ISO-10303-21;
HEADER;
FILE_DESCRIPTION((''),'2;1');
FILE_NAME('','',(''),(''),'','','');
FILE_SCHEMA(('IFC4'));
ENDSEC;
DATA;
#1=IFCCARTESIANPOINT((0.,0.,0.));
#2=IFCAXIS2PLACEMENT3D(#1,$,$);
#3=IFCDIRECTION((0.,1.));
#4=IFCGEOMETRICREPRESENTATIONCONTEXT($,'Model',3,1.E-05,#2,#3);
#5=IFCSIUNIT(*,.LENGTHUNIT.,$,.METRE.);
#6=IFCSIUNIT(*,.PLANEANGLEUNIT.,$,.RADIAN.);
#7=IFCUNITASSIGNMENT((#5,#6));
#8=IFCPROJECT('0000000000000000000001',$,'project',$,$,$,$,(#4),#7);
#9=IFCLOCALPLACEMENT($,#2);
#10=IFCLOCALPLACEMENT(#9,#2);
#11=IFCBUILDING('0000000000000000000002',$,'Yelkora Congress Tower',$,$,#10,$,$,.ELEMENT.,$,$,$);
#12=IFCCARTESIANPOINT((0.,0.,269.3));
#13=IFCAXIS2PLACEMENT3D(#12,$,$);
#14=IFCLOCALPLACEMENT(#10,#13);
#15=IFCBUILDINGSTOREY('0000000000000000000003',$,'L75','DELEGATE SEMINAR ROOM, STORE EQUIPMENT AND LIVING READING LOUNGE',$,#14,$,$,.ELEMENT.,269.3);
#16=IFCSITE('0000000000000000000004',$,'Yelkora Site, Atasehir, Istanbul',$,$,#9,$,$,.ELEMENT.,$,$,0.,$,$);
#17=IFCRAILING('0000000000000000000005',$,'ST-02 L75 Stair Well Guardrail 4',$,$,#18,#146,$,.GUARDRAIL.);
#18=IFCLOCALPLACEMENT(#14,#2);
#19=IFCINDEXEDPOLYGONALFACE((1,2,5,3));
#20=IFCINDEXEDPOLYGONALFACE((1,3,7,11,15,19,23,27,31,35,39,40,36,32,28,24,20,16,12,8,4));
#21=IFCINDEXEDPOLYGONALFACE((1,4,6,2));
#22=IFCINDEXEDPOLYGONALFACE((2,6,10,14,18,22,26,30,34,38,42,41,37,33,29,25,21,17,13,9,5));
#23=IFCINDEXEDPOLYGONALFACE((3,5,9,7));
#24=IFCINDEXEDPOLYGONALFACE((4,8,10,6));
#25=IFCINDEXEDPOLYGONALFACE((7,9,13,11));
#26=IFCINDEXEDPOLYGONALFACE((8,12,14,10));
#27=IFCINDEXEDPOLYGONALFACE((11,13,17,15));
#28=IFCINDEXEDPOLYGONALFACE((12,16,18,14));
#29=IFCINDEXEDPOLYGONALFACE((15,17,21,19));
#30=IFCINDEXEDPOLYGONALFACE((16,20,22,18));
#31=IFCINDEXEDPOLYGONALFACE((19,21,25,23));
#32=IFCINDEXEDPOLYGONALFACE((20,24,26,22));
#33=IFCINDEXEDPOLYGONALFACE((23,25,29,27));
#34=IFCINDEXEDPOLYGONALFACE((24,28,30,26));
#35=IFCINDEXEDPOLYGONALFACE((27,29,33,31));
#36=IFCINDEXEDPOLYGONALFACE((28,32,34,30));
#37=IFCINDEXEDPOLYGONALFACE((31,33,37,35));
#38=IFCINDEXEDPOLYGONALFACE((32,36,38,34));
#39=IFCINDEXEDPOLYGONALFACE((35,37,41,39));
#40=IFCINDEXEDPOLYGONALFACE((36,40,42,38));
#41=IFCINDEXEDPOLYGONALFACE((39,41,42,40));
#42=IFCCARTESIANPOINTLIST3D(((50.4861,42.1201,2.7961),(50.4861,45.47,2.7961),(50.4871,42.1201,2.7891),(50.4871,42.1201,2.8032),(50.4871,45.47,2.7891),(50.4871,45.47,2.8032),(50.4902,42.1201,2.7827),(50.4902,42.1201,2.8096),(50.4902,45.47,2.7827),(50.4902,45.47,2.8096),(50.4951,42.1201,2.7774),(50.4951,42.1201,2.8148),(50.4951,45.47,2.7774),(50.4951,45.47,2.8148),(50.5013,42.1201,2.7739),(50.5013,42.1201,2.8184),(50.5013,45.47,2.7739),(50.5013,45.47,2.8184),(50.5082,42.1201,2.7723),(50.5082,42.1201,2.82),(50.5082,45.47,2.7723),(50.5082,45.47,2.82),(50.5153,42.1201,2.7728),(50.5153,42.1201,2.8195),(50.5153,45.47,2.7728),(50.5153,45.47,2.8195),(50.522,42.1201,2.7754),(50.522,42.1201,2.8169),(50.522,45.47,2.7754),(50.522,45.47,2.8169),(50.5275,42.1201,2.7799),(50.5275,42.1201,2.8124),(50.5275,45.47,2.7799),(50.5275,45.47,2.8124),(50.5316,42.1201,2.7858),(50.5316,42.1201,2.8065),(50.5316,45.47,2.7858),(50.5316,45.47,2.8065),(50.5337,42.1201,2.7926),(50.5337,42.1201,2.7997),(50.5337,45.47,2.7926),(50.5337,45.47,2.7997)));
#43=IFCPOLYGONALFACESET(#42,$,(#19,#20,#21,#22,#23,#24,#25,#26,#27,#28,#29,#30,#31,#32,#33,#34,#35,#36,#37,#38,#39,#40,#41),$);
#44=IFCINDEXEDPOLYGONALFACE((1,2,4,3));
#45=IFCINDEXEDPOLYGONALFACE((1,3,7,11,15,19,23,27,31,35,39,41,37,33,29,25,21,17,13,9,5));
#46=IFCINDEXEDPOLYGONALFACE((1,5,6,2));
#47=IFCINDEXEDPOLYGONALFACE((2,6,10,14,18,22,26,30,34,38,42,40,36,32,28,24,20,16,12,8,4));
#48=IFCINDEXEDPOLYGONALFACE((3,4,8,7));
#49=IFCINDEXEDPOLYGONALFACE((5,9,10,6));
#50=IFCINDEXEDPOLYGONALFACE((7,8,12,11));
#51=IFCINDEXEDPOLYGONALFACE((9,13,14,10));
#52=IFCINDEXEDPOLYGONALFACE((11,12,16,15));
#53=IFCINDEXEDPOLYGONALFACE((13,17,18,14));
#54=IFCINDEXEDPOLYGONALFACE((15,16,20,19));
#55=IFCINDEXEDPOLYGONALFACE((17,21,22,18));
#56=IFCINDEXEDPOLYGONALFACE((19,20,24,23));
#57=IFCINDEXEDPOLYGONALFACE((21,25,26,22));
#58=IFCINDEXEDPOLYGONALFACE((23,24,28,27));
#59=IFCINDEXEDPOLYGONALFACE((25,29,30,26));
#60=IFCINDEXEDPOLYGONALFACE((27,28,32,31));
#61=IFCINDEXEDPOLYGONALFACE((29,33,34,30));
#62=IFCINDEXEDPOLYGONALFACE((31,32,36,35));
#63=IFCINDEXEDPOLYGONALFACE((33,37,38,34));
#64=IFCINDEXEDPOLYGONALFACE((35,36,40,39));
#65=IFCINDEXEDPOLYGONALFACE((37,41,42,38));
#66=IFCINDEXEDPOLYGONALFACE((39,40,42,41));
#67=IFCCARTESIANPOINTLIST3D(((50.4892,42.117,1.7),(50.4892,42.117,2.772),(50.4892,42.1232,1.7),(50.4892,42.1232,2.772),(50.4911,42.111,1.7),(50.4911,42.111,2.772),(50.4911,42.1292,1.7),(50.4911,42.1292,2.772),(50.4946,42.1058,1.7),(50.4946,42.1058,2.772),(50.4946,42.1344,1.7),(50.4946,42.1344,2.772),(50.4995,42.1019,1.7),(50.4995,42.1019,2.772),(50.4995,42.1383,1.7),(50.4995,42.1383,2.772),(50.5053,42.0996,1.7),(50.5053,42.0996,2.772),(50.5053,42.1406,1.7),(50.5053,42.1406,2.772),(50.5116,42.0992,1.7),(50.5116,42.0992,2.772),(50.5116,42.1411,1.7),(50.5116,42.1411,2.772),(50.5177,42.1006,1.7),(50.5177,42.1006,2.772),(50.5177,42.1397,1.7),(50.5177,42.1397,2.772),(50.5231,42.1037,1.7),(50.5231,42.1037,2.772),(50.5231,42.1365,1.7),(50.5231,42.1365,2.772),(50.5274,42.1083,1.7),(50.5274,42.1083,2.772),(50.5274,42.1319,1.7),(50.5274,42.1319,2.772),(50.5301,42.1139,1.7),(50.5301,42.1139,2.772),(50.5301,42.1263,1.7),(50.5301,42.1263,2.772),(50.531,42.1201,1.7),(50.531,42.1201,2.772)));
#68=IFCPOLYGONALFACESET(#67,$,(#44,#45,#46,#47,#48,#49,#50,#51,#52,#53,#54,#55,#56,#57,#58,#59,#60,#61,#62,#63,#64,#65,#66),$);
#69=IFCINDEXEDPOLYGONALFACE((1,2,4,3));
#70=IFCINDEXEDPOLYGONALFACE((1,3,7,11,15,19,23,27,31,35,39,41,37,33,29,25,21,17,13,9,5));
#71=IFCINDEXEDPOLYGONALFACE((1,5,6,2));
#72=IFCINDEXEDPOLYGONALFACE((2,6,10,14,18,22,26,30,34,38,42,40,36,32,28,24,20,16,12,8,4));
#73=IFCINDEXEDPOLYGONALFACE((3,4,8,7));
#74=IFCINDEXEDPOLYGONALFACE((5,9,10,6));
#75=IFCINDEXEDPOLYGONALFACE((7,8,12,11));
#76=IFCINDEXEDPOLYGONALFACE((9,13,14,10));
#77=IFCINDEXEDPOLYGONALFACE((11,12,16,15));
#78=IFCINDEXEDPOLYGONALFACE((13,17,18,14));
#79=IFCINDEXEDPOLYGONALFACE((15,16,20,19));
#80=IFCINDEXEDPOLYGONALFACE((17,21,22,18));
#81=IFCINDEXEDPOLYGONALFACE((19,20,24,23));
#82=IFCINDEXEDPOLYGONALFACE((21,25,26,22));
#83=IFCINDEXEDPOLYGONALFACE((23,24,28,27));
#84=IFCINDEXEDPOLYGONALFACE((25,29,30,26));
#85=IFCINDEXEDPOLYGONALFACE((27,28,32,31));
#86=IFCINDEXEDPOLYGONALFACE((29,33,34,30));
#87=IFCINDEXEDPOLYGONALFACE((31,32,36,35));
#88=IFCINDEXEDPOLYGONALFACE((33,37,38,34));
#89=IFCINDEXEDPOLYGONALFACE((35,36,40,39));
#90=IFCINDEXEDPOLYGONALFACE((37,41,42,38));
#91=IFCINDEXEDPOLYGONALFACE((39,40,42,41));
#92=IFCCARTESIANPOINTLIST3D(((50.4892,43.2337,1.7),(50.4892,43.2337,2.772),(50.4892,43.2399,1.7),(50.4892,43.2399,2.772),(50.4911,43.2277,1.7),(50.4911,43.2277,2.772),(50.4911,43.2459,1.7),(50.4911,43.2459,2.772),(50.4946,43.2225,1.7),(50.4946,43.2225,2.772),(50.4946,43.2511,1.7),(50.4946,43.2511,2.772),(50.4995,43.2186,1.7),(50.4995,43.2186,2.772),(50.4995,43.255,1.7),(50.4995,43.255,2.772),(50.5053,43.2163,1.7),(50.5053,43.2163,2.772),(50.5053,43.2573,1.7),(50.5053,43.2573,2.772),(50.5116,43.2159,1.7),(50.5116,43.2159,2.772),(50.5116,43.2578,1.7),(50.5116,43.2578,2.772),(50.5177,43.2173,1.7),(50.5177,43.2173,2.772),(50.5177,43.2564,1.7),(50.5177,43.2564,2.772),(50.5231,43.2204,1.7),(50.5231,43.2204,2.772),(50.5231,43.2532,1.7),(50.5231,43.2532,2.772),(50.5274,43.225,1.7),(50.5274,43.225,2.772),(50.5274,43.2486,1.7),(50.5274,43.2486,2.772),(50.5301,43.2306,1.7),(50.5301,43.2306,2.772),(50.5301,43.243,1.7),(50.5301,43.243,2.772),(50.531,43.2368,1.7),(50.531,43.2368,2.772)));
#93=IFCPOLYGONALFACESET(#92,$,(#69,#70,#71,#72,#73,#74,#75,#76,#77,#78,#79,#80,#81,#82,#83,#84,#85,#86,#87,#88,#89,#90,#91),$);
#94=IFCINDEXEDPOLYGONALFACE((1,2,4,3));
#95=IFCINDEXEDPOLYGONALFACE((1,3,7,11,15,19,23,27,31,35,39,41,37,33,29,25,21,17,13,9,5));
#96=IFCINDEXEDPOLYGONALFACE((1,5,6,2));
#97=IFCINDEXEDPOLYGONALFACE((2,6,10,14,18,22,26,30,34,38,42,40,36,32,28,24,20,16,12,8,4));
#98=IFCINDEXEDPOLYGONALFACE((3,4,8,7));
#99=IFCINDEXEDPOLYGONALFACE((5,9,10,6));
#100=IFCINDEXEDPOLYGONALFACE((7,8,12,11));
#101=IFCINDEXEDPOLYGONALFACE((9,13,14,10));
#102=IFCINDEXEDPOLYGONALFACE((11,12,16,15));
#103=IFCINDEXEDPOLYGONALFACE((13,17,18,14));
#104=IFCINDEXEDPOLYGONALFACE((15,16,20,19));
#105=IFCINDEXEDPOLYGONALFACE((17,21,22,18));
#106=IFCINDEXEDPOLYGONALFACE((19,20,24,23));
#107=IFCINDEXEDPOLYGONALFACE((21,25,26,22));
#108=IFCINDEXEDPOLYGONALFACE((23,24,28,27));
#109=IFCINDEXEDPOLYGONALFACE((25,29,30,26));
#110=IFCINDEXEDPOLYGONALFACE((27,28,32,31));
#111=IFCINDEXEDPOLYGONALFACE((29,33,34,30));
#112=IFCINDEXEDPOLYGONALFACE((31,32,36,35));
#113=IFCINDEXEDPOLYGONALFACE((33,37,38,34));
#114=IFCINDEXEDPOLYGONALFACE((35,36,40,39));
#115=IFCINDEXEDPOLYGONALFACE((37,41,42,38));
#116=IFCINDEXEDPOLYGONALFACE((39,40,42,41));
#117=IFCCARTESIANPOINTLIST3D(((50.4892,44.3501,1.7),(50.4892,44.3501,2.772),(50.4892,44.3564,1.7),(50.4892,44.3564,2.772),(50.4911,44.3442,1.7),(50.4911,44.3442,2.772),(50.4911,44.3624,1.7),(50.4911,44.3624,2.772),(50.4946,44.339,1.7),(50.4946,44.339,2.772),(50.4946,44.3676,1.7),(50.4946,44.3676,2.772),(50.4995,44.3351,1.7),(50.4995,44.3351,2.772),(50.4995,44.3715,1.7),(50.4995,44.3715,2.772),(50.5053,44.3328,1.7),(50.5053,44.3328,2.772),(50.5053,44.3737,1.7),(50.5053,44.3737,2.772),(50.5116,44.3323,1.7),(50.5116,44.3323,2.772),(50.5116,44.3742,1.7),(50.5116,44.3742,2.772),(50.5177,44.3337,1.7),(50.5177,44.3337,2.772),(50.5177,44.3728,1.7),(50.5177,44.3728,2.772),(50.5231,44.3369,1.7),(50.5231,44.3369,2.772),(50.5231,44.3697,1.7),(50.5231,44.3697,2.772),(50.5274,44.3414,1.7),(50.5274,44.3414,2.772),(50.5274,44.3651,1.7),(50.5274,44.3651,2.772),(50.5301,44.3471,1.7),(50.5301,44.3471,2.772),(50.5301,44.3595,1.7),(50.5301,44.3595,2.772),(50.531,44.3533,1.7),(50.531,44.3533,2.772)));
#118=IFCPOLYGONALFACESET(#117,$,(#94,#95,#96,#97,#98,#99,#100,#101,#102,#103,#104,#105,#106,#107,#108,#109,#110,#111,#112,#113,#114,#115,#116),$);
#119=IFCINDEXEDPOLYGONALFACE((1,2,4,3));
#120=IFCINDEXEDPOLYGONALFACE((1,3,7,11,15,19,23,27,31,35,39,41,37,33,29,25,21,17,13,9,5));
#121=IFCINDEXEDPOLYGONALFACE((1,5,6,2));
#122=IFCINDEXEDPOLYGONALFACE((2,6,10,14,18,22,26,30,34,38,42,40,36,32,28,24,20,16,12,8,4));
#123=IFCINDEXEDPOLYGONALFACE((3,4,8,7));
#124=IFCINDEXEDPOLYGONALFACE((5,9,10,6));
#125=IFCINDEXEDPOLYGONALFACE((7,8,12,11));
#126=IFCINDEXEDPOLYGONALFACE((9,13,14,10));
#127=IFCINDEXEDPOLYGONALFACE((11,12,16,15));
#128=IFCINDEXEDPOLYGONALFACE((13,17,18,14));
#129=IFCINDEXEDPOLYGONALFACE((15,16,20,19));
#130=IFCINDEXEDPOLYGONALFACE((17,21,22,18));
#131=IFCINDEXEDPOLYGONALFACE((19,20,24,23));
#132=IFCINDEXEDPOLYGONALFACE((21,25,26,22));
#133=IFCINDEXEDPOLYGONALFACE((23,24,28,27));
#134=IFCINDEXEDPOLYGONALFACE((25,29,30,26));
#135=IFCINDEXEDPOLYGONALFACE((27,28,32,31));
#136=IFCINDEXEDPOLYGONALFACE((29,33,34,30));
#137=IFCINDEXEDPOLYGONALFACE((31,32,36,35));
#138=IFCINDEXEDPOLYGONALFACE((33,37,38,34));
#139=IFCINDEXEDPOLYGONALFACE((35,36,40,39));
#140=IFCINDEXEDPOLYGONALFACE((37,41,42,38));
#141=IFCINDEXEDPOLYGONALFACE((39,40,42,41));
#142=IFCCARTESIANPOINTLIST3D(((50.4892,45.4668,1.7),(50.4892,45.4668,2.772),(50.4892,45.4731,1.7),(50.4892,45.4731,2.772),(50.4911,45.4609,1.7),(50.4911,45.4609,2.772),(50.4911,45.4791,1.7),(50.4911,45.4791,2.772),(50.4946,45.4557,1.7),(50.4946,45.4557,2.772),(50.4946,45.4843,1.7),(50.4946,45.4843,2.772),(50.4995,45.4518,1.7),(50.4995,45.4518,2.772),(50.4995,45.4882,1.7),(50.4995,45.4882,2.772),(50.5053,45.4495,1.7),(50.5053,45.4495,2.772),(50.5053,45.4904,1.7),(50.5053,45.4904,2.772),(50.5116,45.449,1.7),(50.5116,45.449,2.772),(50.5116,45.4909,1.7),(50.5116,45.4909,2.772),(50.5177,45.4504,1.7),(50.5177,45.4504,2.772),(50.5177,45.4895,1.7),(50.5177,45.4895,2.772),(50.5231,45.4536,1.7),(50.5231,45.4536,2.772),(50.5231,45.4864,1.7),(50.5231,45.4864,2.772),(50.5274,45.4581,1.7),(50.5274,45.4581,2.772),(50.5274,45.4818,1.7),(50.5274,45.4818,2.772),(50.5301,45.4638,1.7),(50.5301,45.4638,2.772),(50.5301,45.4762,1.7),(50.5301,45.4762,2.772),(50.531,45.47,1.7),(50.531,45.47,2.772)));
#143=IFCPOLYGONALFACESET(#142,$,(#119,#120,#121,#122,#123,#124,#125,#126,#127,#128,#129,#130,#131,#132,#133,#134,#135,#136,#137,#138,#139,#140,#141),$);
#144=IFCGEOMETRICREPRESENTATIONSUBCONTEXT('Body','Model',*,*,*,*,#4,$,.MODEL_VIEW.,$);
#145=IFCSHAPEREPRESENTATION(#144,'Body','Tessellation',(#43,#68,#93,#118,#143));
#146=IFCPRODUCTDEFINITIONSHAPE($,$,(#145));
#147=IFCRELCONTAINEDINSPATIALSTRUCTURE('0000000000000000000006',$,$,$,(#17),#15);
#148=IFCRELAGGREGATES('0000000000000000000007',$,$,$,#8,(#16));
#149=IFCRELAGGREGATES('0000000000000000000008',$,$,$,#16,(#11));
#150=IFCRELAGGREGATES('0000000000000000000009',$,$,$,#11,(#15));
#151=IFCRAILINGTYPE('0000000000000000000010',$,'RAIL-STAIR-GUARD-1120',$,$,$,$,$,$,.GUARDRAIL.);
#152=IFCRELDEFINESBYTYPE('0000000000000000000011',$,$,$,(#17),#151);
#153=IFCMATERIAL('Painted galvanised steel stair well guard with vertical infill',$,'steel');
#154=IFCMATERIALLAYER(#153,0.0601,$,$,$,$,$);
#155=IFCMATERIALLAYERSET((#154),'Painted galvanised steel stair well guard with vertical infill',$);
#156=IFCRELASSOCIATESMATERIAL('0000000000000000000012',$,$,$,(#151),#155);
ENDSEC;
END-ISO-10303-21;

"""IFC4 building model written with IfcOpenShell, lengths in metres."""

from ifc_helpers import new_model, si_unit, direction, frame, origin, origin_2d, place, context, subcontext, project, spatial, circle, extrude, material, layer, layer_set, type_object, element, save


model = new_model("IFC4")

# Units and contexts
model_context = context("Model", 3, precision=1e-05, world=origin(), true_north=direction((0.0, 1.0)))
body_context = subcontext(model_context, "Body", "Model", "MODEL_VIEW")
ifc_project = project(units=[si_unit("LENGTHUNIT", "METRE"), si_unit("PLANEANGLEUNIT", "RADIAN")], contexts=[model_context])

# Site, building, storey
site_placement = place(None, origin())
site = spatial("IfcSite", under=ifc_project, at=site_placement, Name="Yelkora Site, Atasehir, Istanbul", CompositionType="ELEMENT", RefElevation=0.0)
building_placement = place(site_placement, origin())
building = spatial("IfcBuilding", under=site, at=building_placement, Name="Yelkora Congress Tower", CompositionType="ELEMENT")
storey_placement = place(building_placement, frame((0.0, 0.0, 269.3)))
storey = spatial("IfcBuildingStorey", under=building, at=storey_placement, Name="L75", Description="DELEGATE SEMINAR ROOM, STORE EQUIPMENT AND LIVING READING LOUNGE", CompositionType="ELEMENT", Elevation=269.3)

# Railing
ifc_material_1 = material(Name="Painted galvanised steel stair well guard with vertical infill", Category="steel")
ifc_layer_1 = layer(ifc_material_1, 0.0601)
ifc_layer_set_1 = layer_set([ifc_layer_1], Name="Painted galvanised steel stair well guard with vertical infill")
railing_type_1 = type_object("IfcRailingType", Name="RAIL-STAIR-GUARD-1120", PredefinedType="GUARDRAIL", material=ifc_layer_set_1)
for number, where, name in (
    (1, (50.51, 42.1201, 1.7), "ST-02 L75 Stair Well Guardrail 4"),
):
    element("IfcRailing", number, at=place(storey_placement, frame(where)), inside=storey, type_object=railing_type_1, Name=name, PredefinedType="GUARDRAIL", context=body_context, shape_type="SweptSolid", body=[
        extrude(circle(Radius=0.0239, at=origin_2d()), frame((0.0, 0.0, 1.0962), z_axis=(0.0, 1.0, 0.0), x_axis=(-1.0, 0.0, 0.0)), (0.0, 0.0, 1.0), 3.3499),
        extrude(circle(Radius=0.021, at=origin_2d()), origin(), (0.0, 0.0, 1.0), 1.072),
        extrude(circle(Radius=0.021, at=origin_2d()), frame((0.0, 1.1167, 0.0)), (0.0, 0.0, 1.0), 1.072),
        extrude(circle(Radius=0.021, at=origin_2d()), frame((0.0, 2.2332, 0.0)), (0.0, 0.0, 1.0), 1.072),
        extrude(circle(Radius=0.021, at=origin_2d()), frame((0.0, 3.3499, 0.0)), (0.0, 0.0, 1.0), 1.072),
    ])

save(model, "model.ifc")
